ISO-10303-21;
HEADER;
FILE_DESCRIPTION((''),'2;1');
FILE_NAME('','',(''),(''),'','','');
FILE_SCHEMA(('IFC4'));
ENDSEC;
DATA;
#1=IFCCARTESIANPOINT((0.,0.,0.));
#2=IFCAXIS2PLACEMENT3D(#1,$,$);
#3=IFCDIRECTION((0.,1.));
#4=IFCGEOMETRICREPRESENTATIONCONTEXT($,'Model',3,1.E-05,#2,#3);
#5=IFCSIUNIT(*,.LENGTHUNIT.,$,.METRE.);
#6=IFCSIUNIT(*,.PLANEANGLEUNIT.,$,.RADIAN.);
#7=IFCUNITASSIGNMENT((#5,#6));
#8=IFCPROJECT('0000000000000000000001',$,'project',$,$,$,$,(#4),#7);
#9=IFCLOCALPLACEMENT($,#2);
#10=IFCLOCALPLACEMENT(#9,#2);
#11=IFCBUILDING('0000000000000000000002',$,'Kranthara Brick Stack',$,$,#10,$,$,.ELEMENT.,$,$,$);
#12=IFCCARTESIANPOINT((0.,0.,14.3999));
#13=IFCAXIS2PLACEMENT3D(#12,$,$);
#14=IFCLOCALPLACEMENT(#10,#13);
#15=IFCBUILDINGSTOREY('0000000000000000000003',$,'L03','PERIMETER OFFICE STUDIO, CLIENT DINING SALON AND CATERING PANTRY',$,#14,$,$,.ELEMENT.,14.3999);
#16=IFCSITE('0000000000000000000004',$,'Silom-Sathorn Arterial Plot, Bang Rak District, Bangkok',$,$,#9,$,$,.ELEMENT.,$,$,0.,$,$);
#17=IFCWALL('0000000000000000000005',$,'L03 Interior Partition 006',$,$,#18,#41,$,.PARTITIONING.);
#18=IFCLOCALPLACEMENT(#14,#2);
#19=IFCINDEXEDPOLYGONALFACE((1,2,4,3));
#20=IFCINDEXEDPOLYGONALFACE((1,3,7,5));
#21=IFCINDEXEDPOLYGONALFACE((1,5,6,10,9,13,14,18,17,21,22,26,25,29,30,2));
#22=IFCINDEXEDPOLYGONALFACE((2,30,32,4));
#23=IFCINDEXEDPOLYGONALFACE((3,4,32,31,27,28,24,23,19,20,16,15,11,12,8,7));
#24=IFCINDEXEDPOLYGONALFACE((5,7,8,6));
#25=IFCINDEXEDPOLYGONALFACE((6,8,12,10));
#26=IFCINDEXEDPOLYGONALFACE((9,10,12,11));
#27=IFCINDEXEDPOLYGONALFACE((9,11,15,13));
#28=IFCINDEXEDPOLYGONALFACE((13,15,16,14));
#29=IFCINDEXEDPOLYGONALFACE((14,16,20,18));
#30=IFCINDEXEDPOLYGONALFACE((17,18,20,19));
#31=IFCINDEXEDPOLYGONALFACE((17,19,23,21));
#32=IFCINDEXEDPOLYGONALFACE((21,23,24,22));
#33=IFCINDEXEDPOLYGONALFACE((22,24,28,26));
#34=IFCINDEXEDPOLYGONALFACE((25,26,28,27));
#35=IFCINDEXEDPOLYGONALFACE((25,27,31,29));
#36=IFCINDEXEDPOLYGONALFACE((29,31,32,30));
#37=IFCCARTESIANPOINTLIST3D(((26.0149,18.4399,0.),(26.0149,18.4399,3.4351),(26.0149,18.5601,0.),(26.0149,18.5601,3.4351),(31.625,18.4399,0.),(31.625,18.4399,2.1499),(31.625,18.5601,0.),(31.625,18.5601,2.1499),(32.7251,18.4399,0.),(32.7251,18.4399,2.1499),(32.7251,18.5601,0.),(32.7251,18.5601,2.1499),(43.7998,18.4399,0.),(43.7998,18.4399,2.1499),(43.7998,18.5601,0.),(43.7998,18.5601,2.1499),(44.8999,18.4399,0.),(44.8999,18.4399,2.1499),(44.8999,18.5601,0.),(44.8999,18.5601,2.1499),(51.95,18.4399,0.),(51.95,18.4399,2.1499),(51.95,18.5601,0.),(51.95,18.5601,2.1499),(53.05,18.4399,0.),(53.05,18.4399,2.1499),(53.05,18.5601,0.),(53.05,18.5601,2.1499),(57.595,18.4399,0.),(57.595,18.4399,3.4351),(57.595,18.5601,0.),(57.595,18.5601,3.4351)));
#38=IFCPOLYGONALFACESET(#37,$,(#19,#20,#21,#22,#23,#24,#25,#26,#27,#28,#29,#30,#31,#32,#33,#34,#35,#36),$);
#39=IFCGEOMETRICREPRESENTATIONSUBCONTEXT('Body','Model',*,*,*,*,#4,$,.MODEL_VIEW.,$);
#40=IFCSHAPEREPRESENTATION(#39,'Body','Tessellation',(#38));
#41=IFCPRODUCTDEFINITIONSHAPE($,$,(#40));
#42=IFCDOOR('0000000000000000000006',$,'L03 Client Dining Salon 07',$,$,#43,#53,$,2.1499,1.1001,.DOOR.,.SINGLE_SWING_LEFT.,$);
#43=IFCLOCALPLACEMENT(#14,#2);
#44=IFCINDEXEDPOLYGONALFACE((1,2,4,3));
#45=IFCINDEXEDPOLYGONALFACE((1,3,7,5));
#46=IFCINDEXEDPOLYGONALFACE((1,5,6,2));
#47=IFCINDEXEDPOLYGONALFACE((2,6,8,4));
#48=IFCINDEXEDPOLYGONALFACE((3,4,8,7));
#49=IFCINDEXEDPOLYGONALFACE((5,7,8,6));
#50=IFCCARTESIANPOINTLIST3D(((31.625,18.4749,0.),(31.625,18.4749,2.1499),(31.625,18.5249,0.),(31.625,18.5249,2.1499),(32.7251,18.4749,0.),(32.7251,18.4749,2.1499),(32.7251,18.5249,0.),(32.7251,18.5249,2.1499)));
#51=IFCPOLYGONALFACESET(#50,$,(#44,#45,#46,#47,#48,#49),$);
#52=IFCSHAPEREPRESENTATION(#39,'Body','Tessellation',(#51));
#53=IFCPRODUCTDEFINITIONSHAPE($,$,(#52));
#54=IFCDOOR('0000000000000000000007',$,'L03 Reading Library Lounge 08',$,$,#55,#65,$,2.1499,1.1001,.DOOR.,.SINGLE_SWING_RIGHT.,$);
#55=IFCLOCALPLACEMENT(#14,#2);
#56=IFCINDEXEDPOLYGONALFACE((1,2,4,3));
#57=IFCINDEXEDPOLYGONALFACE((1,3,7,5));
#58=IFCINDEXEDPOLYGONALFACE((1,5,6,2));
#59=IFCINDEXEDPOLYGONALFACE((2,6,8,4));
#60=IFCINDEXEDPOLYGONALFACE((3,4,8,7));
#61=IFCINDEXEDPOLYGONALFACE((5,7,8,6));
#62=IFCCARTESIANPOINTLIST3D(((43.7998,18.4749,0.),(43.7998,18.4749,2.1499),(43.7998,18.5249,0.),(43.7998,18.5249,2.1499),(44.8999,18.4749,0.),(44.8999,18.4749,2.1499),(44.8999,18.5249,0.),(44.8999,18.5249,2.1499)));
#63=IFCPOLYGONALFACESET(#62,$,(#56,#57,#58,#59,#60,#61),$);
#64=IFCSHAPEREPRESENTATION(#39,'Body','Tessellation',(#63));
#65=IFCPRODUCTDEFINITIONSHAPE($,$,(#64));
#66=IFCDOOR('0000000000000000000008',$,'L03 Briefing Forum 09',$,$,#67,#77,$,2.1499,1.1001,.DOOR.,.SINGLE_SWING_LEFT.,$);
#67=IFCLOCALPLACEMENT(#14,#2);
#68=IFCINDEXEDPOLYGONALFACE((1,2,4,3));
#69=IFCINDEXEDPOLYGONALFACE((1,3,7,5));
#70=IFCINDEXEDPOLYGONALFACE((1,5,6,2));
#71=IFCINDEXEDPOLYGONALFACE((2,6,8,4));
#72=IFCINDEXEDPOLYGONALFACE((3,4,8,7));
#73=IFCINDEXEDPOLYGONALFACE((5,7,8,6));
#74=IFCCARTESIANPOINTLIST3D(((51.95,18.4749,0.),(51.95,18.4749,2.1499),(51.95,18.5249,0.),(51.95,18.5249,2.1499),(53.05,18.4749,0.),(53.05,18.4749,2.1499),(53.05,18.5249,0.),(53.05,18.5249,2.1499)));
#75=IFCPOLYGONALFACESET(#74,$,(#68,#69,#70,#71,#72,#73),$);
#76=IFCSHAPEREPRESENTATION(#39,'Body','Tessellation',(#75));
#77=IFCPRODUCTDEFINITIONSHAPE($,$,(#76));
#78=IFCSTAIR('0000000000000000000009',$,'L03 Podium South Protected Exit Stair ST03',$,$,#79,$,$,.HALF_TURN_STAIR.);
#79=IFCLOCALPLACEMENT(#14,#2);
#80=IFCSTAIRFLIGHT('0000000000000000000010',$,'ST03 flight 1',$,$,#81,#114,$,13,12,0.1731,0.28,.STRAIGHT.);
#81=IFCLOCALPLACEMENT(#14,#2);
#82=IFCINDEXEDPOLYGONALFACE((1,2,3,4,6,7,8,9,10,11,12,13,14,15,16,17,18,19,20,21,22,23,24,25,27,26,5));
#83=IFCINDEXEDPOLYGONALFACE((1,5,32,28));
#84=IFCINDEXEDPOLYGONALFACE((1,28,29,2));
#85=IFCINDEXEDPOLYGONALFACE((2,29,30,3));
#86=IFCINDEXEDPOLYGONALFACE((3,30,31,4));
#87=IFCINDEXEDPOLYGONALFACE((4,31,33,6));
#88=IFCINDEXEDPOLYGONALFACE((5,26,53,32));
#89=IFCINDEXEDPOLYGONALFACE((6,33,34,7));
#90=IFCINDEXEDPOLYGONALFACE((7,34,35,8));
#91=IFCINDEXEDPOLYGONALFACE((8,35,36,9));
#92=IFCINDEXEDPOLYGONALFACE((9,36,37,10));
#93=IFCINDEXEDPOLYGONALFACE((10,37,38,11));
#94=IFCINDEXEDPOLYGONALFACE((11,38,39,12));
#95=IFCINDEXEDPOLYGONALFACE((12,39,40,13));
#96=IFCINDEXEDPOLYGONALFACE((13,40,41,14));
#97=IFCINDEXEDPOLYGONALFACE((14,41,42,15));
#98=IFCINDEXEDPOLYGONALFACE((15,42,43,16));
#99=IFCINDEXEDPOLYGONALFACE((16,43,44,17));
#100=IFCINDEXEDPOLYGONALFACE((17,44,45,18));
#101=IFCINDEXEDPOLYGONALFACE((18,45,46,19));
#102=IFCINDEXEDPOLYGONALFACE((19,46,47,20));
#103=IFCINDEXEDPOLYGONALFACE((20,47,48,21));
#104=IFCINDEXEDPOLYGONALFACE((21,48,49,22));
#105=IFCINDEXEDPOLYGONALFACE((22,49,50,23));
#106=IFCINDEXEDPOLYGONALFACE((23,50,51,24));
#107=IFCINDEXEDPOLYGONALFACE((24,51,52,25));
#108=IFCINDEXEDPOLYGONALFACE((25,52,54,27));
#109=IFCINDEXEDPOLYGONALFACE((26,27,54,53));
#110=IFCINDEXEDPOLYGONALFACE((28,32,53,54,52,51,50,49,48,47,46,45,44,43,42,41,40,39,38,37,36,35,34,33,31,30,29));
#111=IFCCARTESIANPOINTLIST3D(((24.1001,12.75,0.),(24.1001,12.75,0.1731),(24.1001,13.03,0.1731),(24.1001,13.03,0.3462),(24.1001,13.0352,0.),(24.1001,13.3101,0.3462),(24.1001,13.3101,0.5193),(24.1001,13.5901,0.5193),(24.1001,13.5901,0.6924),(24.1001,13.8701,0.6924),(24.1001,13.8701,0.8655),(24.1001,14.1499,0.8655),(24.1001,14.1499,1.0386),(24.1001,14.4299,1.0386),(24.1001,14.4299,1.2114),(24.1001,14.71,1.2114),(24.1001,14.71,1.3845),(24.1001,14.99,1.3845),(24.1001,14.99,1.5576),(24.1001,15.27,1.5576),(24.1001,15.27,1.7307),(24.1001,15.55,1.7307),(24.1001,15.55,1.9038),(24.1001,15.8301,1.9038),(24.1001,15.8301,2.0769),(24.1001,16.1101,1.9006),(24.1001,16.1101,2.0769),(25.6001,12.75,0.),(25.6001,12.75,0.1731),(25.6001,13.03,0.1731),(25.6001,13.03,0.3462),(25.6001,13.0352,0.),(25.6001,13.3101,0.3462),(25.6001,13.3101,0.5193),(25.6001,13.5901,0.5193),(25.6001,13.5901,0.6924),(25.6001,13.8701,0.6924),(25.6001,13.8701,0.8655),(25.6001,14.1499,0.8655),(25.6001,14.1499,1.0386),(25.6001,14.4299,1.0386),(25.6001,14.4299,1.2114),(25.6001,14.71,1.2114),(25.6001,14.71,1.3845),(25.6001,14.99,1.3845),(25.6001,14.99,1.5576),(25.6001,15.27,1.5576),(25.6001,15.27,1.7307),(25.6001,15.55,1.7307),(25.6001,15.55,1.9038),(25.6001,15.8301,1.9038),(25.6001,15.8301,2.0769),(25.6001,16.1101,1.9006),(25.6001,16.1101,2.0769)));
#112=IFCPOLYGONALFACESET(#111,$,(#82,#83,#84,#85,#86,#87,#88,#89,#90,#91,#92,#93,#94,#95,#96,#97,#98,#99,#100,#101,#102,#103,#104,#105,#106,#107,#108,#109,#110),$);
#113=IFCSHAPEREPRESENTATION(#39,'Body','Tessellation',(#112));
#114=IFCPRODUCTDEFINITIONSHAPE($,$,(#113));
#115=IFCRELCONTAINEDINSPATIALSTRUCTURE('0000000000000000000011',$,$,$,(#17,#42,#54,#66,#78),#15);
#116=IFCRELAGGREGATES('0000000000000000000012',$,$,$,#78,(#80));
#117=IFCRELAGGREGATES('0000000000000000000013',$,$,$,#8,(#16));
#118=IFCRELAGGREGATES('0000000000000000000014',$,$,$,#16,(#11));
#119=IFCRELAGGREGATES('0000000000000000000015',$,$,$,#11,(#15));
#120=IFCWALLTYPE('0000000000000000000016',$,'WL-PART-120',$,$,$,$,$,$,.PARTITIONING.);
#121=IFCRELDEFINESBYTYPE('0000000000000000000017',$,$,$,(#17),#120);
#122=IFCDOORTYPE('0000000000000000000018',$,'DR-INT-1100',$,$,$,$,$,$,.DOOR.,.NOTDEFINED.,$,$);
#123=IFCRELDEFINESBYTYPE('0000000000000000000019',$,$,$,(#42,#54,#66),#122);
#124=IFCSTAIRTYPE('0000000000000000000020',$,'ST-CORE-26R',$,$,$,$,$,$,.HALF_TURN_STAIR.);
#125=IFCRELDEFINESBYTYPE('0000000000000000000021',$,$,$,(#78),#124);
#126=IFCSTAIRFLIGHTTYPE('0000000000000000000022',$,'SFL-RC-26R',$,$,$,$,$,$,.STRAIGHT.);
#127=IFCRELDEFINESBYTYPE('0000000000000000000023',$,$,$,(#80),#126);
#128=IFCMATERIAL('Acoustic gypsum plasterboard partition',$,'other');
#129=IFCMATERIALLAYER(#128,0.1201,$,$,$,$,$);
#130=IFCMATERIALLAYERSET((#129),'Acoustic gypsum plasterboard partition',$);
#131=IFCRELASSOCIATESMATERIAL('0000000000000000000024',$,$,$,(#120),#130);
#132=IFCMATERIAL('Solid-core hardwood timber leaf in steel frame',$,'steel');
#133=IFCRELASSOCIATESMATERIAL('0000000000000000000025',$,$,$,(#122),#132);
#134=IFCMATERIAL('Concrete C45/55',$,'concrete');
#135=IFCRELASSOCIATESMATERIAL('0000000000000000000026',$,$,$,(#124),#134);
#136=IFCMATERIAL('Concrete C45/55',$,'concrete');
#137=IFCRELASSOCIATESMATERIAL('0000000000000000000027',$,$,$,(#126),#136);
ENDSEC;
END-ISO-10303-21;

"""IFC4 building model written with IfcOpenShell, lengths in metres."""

from ifc_helpers import new_model, si_unit, direction, frame, frame_2d, origin, place, context, subcontext, project, spatial, polyline, rectangle, outline, extrude, material, layer, layer_set, type_object, element, fill, aggregate, save


model = new_model("IFC4")

# Units and contexts
model_context = context("Model", 3, precision=1e-05, world=origin(), true_north=direction((0.0, 1.0)))
body_context = subcontext(model_context, "Body", "Model", "MODEL_VIEW")
ifc_project = project(units=[si_unit("LENGTHUNIT", "METRE"), si_unit("PLANEANGLEUNIT", "RADIAN")], contexts=[model_context])

# Site, building, storey
site_placement = place(None, origin())
site = spatial("IfcSite", under=ifc_project, at=site_placement, Name="Silom-Sathorn Arterial Plot, Bang Rak District, Bangkok", CompositionType="ELEMENT", RefElevation=0.0)
building_placement = place(site_placement, origin())
building = spatial("IfcBuilding", under=site, at=building_placement, Name="Kranthara Brick Stack", CompositionType="ELEMENT")
storey_placement = place(building_placement, frame((0.0, 0.0, 14.3999)))
storey = spatial("IfcBuildingStorey", under=building, at=storey_placement, Name="L03", Description="PERIMETER OFFICE STUDIO, CLIENT DINING SALON AND CATERING PANTRY", CompositionType="ELEMENT", Elevation=14.3999)

# Wall, openings, doors
ifc_material_1 = material(Name="Acoustic gypsum plasterboard partition", Category="other")
ifc_layer_1 = layer(ifc_material_1, 0.1201)
ifc_layer_set_1 = layer_set([ifc_layer_1], Name="Acoustic gypsum plasterboard partition")
wall_type_1 = type_object("IfcWallType", Name="WL-PART-120", PredefinedType="PARTITIONING", material=ifc_layer_set_1)
wall_1_placement = place(storey_placement, frame((26.0149, 18.5, 0.0), z_axis=(0.0, 0.0, 1.0), x_axis=(1.0, 0.0, 0.0)))
wall_1 = element("IfcWall", 1, at=wall_1_placement, inside=storey, type_object=wall_type_1, Name="L03 Interior Partition 006", PredefinedType="PARTITIONING", context=body_context, shape_type="SweptSolid", body=[
    extrude(rectangle(XDim=31.5801, YDim=0.1201, at=frame_2d((15.79, 0.0))), origin(), (0.0, 0.0, 1.0), 3.4351),
])
opening_1_placement = place(wall_1_placement, frame((5.6101, 0.0, 0.0)))
opening_1 = element("IfcOpeningElement", 2, at=opening_1_placement, cuts=wall_1, PredefinedType="OPENING", context=body_context, shape_type="SweptSolid", body=[
    extrude(rectangle(XDim=1.1001, YDim=2.1499, at=frame_2d((0.55, 1.075))), frame((0.0, 0.0701, 0.0), z_axis=(0.0, -1.0, 0.0), x_axis=(1.0, 0.0, 0.0)), (0.0, 0.0, 1.0), 0.1401),
])
opening_2_placement = place(wall_1_placement, frame((17.7849, 0.0, 0.0)))
opening_2 = element("IfcOpeningElement", 3, at=opening_2_placement, cuts=wall_1, PredefinedType="OPENING", context=body_context, shape_type="SweptSolid", body=[
    extrude(rectangle(XDim=1.1001, YDim=2.1499, at=frame_2d((0.55, 1.075))), frame((0.0, 0.0701, 0.0), z_axis=(0.0, -1.0, 0.0), x_axis=(1.0, 0.0, 0.0)), (0.0, 0.0, 1.0), 0.1401),
])
opening_3_placement = place(wall_1_placement, frame((25.9351, 0.0, 0.0)))
opening_3 = element("IfcOpeningElement", 4, at=opening_3_placement, cuts=wall_1, PredefinedType="OPENING", context=body_context, shape_type="SweptSolid", body=[
    extrude(rectangle(XDim=1.1001, YDim=2.1499, at=frame_2d((0.55, 1.075))), frame((0.0, 0.0701, 0.0), z_axis=(0.0, -1.0, 0.0), x_axis=(1.0, 0.0, 0.0)), (0.0, 0.0, 1.0), 0.1401),
])
ifc_material_2 = material(Name="Solid-core hardwood timber leaf in steel frame", Category="steel")
door_type = type_object("IfcDoorType", Name="DR-INT-1100", OperationType="NOTDEFINED", PredefinedType="DOOR", material=ifc_material_2)
door_1_placement = place(opening_1_placement, origin())
door_1 = element("IfcDoor", 5, at=door_1_placement, inside=storey, type_object=door_type, Name="L03 Client Dining Salon 07", OperationType="SINGLE_SWING_LEFT", OverallHeight=2.1499, OverallWidth=1.1001, PredefinedType="DOOR", context=body_context, shape_type="SweptSolid", body=[
    extrude(rectangle(XDim=1.1001, YDim=2.1499, at=frame_2d((0.55, 1.075))), frame((0.0, 0.0249, 0.0), z_axis=(0.0, -1.0, 0.0), x_axis=(1.0, 0.0, 0.0)), (0.0, 0.0, 1.0), 0.05),
])
fill(opening_1, door_1)
door_2_placement = place(opening_2_placement, origin())
door_2 = element("IfcDoor", 6, at=door_2_placement, inside=storey, type_object=door_type, Name="L03 Reading Library Lounge 08", OperationType="SINGLE_SWING_RIGHT", OverallHeight=2.1499, OverallWidth=1.1001, PredefinedType="DOOR", context=body_context, shape_type="SweptSolid", body=[
    extrude(rectangle(XDim=1.1001, YDim=2.1499, at=frame_2d((0.55, 1.075))), frame((0.0, 0.0249, 0.0), z_axis=(0.0, -1.0, 0.0), x_axis=(1.0, 0.0, 0.0)), (0.0, 0.0, 1.0), 0.05),
])
fill(opening_2, door_2)
door_3_placement = place(opening_3_placement, origin())
door_3 = element("IfcDoor", 7, at=door_3_placement, inside=storey, type_object=door_type, Name="L03 Briefing Forum 09", OperationType="SINGLE_SWING_LEFT", OverallHeight=2.1499, OverallWidth=1.1001, PredefinedType="DOOR", context=body_context, shape_type="SweptSolid", body=[
    extrude(rectangle(XDim=1.1001, YDim=2.1499, at=frame_2d((0.55, 1.075))), frame((0.0, 0.0249, 0.0), z_axis=(0.0, -1.0, 0.0), x_axis=(1.0, 0.0, 0.0)), (0.0, 0.0, 1.0), 0.05),
])
fill(opening_3, door_3)

# Stair, stair flight
ifc_material_3 = material(Name="Concrete C45/55", Category="concrete")
stair_type = type_object("IfcStairType", Name="ST-CORE-26R", PredefinedType="HALF_TURN_STAIR", material=ifc_material_3)
stair_placement = place(storey_placement, origin())
stair = element("IfcStair", 8, at=stair_placement, inside=storey, type_object=stair_type, Name="L03 Podium South Protected Exit Stair ST03", PredefinedType="HALF_TURN_STAIR")
ifc_material_4 = material(Name="Concrete C45/55", Category="concrete")
stair_flight_type = type_object("IfcStairFlightType", Name="SFL-RC-26R", PredefinedType="STRAIGHT", material=ifc_material_4)
stair_flight_placement = place(storey_placement, frame((24.8501, 12.75, 0.0), z_axis=(0.0, 0.0, 1.0), x_axis=(0.0, 1.0, 0.0)))
stair_flight = element("IfcStairFlight", 9, at=stair_flight_placement, type_object=stair_flight_type, Name="ST03 flight 1", NumberOfRisers=13, NumberOfTreads=12, PredefinedType="STRAIGHT", RiserHeight=0.1731, TreadLength=0.28, context=body_context, shape_type="SweptSolid", body=[
    extrude(outline(polyline([(0.0, 0.0), (0.0, 0.1731), (0.28, 0.1731), (0.28, 0.3462), (0.5601, 0.3462), (0.5601, 0.5193), (0.8401, 0.5193), (0.8401, 0.6924), (1.1201, 0.6924), (1.1201, 0.8655), (1.3999, 0.8655), (1.3999, 1.0386), (1.6799, 1.0386), (1.6799, 1.2114), (1.96, 1.2114), (1.96, 1.3845), (2.24, 1.3845), (2.24, 1.5576), (2.52, 1.5576), (2.52, 1.7307), (2.8, 1.7307), (2.8, 1.9038), (3.0801, 1.9038), (3.0801, 2.0769), (3.3601, 2.0769), (3.3601, 2.25), (3.3601, 1.9006), (0.2852, 0.0), (0.0, 0.0)])), frame((0.0, 0.75, 0.0), z_axis=(0.0, -1.0, 0.0), x_axis=(1.0, 0.0, 0.0)), (0.0, 0.0, 1.0), 1.5),
])
aggregate(stair, [stair_flight])

save(model, "model.ifc")
